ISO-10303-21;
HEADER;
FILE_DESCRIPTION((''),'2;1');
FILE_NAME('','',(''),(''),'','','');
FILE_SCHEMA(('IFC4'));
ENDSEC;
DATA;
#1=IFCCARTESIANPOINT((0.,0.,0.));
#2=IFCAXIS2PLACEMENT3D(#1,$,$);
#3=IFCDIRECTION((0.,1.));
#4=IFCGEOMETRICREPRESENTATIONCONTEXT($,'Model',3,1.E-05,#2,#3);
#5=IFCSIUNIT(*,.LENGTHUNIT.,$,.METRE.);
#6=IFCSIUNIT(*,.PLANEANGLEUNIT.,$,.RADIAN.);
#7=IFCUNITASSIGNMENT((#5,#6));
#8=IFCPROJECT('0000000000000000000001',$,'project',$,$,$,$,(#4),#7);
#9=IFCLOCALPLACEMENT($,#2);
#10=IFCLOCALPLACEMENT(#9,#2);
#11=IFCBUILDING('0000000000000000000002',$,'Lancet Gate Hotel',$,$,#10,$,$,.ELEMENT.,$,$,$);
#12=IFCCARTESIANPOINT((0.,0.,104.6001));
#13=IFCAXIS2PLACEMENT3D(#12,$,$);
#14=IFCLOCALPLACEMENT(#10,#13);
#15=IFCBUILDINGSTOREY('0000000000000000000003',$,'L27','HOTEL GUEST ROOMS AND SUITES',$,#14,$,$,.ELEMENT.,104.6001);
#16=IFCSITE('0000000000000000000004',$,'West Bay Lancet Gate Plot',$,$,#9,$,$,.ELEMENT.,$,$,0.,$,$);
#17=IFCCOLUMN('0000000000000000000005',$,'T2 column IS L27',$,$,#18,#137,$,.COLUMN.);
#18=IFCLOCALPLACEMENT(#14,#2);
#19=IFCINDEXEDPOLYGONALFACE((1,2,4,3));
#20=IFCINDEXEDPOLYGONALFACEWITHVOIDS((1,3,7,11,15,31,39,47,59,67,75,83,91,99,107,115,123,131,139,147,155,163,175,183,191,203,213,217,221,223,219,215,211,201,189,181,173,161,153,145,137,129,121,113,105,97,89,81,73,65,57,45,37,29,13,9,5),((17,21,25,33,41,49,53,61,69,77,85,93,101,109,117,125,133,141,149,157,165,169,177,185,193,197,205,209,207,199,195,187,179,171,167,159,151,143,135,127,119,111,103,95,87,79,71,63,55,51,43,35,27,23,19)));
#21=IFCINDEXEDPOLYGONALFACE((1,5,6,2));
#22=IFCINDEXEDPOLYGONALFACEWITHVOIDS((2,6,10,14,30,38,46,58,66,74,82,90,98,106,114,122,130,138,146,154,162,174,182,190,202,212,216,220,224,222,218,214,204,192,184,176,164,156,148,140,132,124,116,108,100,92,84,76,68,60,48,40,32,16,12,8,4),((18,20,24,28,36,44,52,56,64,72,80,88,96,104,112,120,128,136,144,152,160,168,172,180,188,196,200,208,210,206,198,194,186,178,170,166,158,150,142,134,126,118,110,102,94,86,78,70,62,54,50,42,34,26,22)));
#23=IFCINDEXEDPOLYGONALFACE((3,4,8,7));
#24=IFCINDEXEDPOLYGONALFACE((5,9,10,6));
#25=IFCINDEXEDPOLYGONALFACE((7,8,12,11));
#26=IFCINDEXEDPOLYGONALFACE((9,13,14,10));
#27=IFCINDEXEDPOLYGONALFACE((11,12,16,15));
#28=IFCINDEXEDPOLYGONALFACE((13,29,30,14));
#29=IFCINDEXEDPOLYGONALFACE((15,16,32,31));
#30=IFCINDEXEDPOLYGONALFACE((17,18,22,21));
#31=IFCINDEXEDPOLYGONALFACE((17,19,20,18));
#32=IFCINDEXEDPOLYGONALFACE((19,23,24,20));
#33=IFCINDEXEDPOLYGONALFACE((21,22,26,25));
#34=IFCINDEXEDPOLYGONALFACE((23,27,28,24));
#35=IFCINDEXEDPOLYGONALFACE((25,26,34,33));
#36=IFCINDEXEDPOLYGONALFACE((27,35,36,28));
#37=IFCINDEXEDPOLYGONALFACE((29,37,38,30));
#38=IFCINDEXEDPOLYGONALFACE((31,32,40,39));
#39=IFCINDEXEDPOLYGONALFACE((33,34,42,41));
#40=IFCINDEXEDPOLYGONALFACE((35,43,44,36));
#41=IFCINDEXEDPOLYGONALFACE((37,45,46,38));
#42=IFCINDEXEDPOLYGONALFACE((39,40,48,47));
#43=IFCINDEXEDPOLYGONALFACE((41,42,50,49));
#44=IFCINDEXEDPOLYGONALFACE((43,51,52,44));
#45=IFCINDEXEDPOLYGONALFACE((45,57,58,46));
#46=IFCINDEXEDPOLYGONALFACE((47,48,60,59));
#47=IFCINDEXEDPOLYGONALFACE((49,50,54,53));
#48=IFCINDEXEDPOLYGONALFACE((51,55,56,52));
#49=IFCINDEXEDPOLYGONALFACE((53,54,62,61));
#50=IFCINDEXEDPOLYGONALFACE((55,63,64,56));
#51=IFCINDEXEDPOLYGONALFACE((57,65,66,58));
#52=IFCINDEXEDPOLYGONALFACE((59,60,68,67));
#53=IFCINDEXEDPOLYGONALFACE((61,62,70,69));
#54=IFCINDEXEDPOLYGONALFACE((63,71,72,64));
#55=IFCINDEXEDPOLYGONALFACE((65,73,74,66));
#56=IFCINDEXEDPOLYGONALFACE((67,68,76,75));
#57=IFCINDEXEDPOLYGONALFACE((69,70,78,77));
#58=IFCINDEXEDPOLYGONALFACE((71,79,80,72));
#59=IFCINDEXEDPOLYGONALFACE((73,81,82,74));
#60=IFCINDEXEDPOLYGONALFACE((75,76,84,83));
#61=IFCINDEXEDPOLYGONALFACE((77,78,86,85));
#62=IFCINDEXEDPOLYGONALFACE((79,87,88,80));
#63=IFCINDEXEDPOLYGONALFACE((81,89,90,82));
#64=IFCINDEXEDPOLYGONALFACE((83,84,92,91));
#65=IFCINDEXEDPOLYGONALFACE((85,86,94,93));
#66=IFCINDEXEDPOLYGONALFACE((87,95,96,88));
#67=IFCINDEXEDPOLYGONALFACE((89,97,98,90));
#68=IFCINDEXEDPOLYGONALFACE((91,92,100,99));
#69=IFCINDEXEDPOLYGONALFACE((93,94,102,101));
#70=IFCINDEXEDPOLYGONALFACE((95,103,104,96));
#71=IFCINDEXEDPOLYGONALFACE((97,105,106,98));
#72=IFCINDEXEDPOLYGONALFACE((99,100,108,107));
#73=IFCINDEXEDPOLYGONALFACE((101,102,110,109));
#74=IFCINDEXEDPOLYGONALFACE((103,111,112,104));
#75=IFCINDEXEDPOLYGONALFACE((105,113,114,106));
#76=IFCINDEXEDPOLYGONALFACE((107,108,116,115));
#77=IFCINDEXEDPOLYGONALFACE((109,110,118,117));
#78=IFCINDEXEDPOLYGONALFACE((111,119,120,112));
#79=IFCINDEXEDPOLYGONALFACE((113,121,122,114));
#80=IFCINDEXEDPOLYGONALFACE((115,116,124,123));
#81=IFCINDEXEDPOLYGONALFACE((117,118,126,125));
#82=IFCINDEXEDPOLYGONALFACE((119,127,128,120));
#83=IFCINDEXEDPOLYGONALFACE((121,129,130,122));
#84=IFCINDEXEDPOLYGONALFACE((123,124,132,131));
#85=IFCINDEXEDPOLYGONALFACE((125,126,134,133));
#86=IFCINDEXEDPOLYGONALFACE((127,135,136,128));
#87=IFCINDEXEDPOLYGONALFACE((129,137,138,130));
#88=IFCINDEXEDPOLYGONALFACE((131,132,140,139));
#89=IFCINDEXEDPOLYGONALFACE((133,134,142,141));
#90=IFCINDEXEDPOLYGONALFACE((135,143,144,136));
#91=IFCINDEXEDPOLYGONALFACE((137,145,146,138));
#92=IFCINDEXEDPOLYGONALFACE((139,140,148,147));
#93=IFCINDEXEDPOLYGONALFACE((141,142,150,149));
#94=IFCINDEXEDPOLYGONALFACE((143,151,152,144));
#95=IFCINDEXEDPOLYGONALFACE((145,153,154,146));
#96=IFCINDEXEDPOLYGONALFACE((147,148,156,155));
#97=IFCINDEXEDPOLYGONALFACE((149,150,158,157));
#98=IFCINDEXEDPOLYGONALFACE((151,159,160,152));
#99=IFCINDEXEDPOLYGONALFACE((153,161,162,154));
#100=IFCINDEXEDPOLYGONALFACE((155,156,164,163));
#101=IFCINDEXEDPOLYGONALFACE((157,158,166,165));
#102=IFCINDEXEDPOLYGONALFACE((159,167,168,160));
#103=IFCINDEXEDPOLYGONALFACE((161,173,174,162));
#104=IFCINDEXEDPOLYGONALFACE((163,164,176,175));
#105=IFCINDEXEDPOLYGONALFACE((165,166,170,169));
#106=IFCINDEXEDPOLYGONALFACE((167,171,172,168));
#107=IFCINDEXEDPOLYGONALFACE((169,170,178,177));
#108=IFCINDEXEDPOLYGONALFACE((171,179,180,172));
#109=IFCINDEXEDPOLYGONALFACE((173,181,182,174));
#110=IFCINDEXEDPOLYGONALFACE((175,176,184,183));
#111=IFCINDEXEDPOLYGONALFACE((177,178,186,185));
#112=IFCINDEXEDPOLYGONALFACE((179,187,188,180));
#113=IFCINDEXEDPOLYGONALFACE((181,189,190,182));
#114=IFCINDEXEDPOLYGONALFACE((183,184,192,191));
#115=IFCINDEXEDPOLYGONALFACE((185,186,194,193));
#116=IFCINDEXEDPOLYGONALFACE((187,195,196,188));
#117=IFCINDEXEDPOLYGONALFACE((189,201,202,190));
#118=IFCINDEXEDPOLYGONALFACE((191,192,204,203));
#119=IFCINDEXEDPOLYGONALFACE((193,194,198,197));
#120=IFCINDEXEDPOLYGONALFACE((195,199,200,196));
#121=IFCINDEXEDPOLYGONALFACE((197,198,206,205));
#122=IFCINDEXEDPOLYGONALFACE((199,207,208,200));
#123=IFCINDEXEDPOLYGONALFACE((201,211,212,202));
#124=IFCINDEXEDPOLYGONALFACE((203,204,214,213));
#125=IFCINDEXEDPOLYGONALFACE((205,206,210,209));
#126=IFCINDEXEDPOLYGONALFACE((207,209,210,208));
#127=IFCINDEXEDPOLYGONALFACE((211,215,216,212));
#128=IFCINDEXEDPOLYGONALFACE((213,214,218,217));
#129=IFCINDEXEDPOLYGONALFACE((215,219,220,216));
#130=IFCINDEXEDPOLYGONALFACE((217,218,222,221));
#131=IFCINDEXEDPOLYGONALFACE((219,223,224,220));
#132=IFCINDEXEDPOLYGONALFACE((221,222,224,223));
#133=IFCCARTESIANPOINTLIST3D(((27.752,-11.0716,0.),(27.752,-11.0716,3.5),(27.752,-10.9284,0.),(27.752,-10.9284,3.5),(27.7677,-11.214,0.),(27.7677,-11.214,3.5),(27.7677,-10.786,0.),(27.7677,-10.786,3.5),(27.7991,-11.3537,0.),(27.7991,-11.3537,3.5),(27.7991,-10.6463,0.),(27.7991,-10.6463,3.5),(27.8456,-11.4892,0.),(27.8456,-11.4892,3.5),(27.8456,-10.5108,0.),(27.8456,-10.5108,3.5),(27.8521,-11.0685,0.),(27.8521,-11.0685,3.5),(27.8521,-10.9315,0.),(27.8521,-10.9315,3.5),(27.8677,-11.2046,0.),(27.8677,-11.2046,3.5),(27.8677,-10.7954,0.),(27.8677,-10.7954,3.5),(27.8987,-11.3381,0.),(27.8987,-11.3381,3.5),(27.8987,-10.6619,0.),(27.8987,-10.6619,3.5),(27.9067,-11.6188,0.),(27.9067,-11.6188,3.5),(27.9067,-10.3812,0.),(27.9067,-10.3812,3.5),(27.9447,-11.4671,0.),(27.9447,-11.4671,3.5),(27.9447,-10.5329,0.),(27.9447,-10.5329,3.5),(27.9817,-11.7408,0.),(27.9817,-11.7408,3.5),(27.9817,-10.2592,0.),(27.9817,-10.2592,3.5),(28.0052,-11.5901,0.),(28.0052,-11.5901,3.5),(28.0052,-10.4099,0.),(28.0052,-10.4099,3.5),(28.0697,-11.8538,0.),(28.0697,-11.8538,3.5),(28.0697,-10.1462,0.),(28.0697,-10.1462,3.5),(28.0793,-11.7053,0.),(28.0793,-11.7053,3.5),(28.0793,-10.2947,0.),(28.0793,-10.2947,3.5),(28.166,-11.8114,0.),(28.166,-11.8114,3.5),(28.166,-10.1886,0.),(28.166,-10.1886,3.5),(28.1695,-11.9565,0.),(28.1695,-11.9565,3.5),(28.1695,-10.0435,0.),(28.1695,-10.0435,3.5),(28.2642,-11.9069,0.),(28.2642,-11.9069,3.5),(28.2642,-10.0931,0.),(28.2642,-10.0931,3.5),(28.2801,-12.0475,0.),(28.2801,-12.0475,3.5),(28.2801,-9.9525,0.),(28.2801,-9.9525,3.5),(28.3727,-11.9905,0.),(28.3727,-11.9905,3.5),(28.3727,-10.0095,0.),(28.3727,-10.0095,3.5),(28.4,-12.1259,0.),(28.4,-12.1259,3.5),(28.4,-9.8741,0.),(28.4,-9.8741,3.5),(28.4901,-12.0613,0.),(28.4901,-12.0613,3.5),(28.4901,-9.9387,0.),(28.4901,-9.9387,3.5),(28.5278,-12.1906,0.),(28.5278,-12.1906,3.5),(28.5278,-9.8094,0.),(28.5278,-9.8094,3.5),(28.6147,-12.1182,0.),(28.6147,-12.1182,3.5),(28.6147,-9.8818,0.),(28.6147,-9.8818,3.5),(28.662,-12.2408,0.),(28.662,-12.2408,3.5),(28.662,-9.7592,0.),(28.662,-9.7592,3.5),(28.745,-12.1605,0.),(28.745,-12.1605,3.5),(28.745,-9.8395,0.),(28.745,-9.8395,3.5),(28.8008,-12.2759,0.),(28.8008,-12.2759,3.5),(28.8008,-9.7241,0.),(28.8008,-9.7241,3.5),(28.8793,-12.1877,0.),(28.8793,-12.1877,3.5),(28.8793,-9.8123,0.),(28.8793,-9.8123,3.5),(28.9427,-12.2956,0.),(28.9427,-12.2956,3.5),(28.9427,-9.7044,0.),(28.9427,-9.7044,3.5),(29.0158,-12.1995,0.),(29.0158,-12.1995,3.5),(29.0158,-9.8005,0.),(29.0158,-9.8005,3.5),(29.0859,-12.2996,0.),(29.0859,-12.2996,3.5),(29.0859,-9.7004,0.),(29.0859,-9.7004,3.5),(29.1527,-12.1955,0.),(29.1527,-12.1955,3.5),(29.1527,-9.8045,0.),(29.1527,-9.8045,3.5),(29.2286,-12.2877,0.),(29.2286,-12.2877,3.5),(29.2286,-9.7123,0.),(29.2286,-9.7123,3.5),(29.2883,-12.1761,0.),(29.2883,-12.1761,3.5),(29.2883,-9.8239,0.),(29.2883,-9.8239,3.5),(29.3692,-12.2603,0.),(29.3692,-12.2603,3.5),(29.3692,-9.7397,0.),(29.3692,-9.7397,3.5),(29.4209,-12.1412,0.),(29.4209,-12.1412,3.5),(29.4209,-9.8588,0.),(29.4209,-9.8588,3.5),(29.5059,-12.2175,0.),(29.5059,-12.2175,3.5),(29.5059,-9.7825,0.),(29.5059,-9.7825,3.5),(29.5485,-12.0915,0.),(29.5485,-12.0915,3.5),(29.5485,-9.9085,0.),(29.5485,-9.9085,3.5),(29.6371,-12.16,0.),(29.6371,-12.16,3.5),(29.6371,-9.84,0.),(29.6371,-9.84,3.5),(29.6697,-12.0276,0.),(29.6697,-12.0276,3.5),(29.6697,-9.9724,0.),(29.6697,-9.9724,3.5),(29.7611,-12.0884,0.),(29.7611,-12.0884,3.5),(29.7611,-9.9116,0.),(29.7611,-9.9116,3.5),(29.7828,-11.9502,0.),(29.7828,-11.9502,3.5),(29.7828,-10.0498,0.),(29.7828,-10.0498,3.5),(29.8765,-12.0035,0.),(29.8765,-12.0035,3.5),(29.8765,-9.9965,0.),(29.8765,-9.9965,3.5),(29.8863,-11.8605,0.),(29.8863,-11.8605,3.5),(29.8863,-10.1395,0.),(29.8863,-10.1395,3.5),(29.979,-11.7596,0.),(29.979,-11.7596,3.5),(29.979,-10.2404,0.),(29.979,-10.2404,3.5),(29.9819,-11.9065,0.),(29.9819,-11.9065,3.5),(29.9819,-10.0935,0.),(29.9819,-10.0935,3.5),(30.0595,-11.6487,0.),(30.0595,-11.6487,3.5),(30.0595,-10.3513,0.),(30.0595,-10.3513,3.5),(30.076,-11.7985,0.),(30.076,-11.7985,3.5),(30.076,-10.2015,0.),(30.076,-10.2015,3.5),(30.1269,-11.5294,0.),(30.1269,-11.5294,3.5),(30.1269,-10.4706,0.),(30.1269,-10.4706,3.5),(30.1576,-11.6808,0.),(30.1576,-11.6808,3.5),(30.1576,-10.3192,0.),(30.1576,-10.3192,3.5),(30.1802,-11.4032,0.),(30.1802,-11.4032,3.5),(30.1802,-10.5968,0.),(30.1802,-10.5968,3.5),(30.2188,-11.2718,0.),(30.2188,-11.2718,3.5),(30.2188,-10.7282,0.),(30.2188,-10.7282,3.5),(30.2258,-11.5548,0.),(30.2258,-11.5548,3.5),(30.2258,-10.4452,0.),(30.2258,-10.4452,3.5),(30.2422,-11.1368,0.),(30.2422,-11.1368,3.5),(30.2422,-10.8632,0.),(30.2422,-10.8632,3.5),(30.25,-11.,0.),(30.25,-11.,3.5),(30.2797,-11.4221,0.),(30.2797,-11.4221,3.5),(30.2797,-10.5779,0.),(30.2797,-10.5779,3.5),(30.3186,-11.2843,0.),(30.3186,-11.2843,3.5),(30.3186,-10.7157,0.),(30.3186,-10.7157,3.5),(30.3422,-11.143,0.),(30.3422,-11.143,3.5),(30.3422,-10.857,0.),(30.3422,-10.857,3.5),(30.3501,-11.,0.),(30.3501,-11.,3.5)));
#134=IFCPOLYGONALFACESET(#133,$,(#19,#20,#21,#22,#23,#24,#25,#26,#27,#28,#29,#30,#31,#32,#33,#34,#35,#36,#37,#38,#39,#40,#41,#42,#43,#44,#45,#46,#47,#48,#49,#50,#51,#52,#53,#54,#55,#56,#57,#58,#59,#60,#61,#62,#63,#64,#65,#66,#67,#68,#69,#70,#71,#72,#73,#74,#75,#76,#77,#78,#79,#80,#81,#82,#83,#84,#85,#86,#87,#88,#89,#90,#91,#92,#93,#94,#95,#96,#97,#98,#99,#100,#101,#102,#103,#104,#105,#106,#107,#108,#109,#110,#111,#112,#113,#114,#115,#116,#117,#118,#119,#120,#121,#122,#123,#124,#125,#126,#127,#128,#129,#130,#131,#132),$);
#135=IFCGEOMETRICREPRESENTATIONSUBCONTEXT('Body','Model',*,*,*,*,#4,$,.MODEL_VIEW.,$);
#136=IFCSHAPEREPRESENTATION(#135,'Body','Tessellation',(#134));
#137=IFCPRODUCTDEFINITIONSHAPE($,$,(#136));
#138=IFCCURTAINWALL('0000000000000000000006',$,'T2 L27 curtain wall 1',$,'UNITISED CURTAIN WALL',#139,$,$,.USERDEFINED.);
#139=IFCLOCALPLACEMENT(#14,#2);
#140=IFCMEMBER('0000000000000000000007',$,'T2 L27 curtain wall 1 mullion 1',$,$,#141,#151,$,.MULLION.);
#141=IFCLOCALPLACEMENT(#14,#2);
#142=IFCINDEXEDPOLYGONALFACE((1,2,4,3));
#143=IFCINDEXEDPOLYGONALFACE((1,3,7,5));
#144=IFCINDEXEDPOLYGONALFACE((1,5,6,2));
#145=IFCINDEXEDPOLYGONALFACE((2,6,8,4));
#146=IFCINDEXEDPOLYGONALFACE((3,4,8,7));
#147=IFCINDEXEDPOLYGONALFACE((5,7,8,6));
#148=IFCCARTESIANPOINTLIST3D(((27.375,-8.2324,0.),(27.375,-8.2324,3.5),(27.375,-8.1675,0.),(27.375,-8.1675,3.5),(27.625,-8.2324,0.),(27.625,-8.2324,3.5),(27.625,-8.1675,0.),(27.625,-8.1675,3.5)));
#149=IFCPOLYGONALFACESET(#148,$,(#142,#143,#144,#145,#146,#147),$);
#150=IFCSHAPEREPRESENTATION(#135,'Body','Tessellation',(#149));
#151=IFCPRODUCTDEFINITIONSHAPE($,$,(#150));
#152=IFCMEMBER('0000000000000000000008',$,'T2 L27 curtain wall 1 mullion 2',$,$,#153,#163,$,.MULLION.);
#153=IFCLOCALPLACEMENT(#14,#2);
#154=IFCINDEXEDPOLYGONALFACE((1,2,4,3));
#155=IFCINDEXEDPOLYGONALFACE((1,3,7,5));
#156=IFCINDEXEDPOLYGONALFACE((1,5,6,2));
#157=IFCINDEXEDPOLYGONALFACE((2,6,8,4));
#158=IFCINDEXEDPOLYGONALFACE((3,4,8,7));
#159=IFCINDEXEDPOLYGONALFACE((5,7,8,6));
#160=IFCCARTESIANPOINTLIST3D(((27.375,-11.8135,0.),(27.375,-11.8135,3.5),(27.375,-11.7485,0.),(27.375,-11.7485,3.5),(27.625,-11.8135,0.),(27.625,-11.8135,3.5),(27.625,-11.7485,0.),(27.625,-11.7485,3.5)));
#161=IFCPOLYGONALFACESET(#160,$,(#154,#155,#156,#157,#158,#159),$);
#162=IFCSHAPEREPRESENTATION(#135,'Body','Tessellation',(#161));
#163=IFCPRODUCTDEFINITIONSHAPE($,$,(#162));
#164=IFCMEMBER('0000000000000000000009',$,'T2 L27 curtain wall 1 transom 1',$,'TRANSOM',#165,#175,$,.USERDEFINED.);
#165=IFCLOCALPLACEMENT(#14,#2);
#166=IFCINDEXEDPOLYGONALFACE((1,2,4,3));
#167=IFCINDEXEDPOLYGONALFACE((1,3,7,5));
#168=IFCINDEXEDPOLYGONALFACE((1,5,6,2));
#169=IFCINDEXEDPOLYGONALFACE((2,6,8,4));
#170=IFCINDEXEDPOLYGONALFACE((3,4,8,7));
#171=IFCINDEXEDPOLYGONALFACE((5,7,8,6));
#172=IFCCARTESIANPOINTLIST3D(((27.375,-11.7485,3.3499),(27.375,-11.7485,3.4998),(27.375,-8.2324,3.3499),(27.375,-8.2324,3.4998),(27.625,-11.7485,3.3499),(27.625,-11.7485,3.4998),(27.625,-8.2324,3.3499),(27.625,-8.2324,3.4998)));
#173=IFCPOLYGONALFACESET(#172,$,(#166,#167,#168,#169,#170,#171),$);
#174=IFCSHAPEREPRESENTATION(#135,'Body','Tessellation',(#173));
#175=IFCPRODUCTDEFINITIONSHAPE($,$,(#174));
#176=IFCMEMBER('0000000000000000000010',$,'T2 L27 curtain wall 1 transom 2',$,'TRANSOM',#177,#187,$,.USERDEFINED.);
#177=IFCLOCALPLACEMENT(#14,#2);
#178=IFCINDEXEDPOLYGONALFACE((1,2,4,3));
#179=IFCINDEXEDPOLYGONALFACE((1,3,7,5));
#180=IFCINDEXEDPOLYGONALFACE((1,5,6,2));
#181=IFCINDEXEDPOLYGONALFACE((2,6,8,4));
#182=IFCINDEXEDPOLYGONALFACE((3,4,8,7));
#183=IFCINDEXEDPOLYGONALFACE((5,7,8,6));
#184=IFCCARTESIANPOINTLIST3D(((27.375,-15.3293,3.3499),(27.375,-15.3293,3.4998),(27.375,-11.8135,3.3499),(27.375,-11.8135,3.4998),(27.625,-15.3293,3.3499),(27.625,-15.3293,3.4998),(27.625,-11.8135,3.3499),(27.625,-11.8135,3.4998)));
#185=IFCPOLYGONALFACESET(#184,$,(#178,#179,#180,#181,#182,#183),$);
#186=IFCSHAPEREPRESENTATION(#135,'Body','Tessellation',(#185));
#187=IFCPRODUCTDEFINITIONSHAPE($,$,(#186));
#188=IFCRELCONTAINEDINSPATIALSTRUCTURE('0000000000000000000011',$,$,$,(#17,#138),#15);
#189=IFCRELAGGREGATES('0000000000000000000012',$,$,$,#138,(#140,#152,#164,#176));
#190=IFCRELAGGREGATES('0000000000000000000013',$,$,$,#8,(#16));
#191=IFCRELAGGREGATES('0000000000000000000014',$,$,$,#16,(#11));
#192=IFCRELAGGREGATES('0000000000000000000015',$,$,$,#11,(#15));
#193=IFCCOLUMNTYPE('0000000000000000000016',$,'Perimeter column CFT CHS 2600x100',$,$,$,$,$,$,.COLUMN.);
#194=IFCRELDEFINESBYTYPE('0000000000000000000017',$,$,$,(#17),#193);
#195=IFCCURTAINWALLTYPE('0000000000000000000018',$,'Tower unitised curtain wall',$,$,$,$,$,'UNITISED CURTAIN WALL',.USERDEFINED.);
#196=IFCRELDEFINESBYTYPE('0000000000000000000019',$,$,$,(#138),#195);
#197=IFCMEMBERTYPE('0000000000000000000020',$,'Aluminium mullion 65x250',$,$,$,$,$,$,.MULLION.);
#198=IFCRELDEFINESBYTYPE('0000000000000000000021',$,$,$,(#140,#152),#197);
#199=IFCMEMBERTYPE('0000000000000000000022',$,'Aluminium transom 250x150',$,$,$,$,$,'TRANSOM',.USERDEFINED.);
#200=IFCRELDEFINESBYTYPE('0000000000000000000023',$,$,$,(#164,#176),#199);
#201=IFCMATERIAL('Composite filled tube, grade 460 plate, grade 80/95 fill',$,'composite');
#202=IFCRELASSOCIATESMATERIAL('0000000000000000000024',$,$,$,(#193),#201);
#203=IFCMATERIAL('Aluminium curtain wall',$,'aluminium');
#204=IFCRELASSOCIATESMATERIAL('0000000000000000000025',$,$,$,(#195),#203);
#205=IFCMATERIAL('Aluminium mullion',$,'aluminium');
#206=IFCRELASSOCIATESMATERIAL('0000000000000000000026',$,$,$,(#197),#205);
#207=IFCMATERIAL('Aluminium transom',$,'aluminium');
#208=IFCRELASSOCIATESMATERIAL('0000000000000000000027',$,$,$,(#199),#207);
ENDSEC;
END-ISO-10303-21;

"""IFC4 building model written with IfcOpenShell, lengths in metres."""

from ifc_helpers import new_model, si_unit, direction, frame, origin, origin_2d, place, context, subcontext, project, spatial, rectangle, hollow_circle, extrude, material, material_profile, profile_set, type_object, element, aggregate, save


model = new_model("IFC4")

# Units and contexts
model_context = context("Model", 3, precision=1e-05, world=origin(), true_north=direction((0.0, 1.0)))
body_context = subcontext(model_context, "Body", "Model", "MODEL_VIEW")
ifc_project = project(units=[si_unit("LENGTHUNIT", "METRE"), si_unit("PLANEANGLEUNIT", "RADIAN")], contexts=[model_context])

# Site, building, storey
site_placement = place(None, origin())
site = spatial("IfcSite", under=ifc_project, at=site_placement, Name="West Bay Lancet Gate Plot", CompositionType="ELEMENT", RefElevation=0.0)
building_placement = place(site_placement, origin())
building = spatial("IfcBuilding", under=site, at=building_placement, Name="Lancet Gate Hotel", CompositionType="ELEMENT")
storey_placement = place(building_placement, frame((0.0, 0.0, 104.6001)))
storey = spatial("IfcBuildingStorey", under=building, at=storey_placement, Name="L27", Description="HOTEL GUEST ROOMS AND SUITES", CompositionType="ELEMENT", Elevation=104.6001)

# Column
ifc_material_1 = material(Name="Composite filled tube, grade 460 plate, grade 80/95 fill", Category="composite")
ifc_material_profile_1 = material_profile(ifc_material_1, hollow_circle(Radius=1.3, WallThickness=0.1001, at=origin_2d()), Name="CHS 2600x100")
ifc_profile_set_1 = profile_set([ifc_material_profile_1], Name="Composite filled tube, grade 460 plate, grade 80/95 fill")
column_type = type_object("IfcColumnType", Name="Perimeter column CFT CHS 2600x100", PredefinedType="COLUMN", material=ifc_profile_set_1)
column_placement = place(storey_placement, frame((29.05, -11.0, 0.0), z_axis=(0.0, 0.0, 1.0), x_axis=(1.0, 0.0, 0.0)))
element("IfcColumn", 1, at=column_placement, inside=storey, type_object=column_type, Name="T2 column IS L27", PredefinedType="COLUMN", context=body_context, shape_type="SweptSolid", body=[
    extrude(hollow_circle(Radius=1.3, WallThickness=0.1001, at=origin_2d()), origin(), (0.0, 0.0, 1.0), 3.5),
])

# Curtain wall, members
ifc_material_2 = material(Name="Aluminium curtain wall", Category="aluminium")
curtain_wall_type = type_object("IfcCurtainWallType", Name="Tower unitised curtain wall", ElementType="UNITISED CURTAIN WALL", PredefinedType="USERDEFINED", material=ifc_material_2)
curtain_wall_placement = place(storey_placement, origin())
curtain_wall = element("IfcCurtainWall", 2, at=curtain_wall_placement, inside=storey, type_object=curtain_wall_type, Name="T2 L27 curtain wall 1", ObjectType="UNITISED CURTAIN WALL", PredefinedType="USERDEFINED")
ifc_material_3 = material(Name="Aluminium mullion", Category="aluminium")
ifc_material_profile_2 = material_profile(ifc_material_3, rectangle(XDim=0.0649, YDim=0.25, at=origin_2d()), Name="MULLION 65x250")
ifc_profile_set_2 = profile_set([ifc_material_profile_2], Name="Aluminium mullion")
member_type_1 = type_object("IfcMemberType", Name="Aluminium mullion 65x250", PredefinedType="MULLION", material=ifc_profile_set_2)
member_1_placement = place(storey_placement, frame((27.5, -8.2, 0.0), z_axis=(0.0, 0.0, 1.0), x_axis=(0.0, -1.0, 0.0)))
member_1 = element("IfcMember", 3, at=member_1_placement, type_object=member_type_1, Name="T2 L27 curtain wall 1 mullion 1", PredefinedType="MULLION", context=body_context, shape_type="SweptSolid", body=[
    extrude(rectangle(XDim=0.0649, YDim=0.25, at=origin_2d()), origin(), (0.0, 0.0, 1.0), 3.5),
])
member_2_placement = place(storey_placement, frame((27.5, -11.781, 0.0), z_axis=(0.0, 0.0, 1.0), x_axis=(0.0, -1.0, 0.0)))
member_2 = element("IfcMember", 4, at=member_2_placement, type_object=member_type_1, Name="T2 L27 curtain wall 1 mullion 2", PredefinedType="MULLION", context=body_context, shape_type="SweptSolid", body=[
    extrude(rectangle(XDim=0.0649, YDim=0.25, at=origin_2d()), origin(), (0.0, 0.0, 1.0), 3.5),
])
ifc_material_4 = material(Name="Aluminium transom", Category="aluminium")
ifc_material_profile_3 = material_profile(ifc_material_4, rectangle(XDim=0.25, YDim=0.1499, at=origin_2d()), Name="TRANSOM 250x150")
ifc_profile_set_3 = profile_set([ifc_material_profile_3], Name="Aluminium transom")
member_type_2 = type_object("IfcMemberType", Name="Aluminium transom 250x150", ElementType="TRANSOM", PredefinedType="USERDEFINED", material=ifc_profile_set_3)
member_3_placement = place(storey_placement, frame((27.5, -8.2324, 3.4248), z_axis=(0.0, -1.0, 0.0), x_axis=(1.0, 0.0, 0.0)))
member_3 = element("IfcMember", 5, at=member_3_placement, type_object=member_type_2, Name="T2 L27 curtain wall 1 transom 1", ObjectType="TRANSOM", PredefinedType="USERDEFINED", context=body_context, shape_type="SweptSolid", body=[
    extrude(rectangle(XDim=0.25, YDim=0.1499, at=origin_2d()), origin(), (0.0, 0.0, 1.0), 3.5161),
])
member_4_placement = place(storey_placement, frame((27.5, -11.8135, 3.4248), z_axis=(0.0, -1.0, 0.0), x_axis=(1.0, 0.0, 0.0)))
member_4 = element("IfcMember", 6, at=member_4_placement, type_object=member_type_2, Name="T2 L27 curtain wall 1 transom 2", ObjectType="TRANSOM", PredefinedType="USERDEFINED", context=body_context, shape_type="SweptSolid", body=[
    extrude(rectangle(XDim=0.25, YDim=0.1499, at=origin_2d()), origin(), (0.0, 0.0, 1.0), 3.5159),
])

aggregate(curtain_wall, [member_1, member_2, member_3, member_4])

save(model, "model.ifc")
